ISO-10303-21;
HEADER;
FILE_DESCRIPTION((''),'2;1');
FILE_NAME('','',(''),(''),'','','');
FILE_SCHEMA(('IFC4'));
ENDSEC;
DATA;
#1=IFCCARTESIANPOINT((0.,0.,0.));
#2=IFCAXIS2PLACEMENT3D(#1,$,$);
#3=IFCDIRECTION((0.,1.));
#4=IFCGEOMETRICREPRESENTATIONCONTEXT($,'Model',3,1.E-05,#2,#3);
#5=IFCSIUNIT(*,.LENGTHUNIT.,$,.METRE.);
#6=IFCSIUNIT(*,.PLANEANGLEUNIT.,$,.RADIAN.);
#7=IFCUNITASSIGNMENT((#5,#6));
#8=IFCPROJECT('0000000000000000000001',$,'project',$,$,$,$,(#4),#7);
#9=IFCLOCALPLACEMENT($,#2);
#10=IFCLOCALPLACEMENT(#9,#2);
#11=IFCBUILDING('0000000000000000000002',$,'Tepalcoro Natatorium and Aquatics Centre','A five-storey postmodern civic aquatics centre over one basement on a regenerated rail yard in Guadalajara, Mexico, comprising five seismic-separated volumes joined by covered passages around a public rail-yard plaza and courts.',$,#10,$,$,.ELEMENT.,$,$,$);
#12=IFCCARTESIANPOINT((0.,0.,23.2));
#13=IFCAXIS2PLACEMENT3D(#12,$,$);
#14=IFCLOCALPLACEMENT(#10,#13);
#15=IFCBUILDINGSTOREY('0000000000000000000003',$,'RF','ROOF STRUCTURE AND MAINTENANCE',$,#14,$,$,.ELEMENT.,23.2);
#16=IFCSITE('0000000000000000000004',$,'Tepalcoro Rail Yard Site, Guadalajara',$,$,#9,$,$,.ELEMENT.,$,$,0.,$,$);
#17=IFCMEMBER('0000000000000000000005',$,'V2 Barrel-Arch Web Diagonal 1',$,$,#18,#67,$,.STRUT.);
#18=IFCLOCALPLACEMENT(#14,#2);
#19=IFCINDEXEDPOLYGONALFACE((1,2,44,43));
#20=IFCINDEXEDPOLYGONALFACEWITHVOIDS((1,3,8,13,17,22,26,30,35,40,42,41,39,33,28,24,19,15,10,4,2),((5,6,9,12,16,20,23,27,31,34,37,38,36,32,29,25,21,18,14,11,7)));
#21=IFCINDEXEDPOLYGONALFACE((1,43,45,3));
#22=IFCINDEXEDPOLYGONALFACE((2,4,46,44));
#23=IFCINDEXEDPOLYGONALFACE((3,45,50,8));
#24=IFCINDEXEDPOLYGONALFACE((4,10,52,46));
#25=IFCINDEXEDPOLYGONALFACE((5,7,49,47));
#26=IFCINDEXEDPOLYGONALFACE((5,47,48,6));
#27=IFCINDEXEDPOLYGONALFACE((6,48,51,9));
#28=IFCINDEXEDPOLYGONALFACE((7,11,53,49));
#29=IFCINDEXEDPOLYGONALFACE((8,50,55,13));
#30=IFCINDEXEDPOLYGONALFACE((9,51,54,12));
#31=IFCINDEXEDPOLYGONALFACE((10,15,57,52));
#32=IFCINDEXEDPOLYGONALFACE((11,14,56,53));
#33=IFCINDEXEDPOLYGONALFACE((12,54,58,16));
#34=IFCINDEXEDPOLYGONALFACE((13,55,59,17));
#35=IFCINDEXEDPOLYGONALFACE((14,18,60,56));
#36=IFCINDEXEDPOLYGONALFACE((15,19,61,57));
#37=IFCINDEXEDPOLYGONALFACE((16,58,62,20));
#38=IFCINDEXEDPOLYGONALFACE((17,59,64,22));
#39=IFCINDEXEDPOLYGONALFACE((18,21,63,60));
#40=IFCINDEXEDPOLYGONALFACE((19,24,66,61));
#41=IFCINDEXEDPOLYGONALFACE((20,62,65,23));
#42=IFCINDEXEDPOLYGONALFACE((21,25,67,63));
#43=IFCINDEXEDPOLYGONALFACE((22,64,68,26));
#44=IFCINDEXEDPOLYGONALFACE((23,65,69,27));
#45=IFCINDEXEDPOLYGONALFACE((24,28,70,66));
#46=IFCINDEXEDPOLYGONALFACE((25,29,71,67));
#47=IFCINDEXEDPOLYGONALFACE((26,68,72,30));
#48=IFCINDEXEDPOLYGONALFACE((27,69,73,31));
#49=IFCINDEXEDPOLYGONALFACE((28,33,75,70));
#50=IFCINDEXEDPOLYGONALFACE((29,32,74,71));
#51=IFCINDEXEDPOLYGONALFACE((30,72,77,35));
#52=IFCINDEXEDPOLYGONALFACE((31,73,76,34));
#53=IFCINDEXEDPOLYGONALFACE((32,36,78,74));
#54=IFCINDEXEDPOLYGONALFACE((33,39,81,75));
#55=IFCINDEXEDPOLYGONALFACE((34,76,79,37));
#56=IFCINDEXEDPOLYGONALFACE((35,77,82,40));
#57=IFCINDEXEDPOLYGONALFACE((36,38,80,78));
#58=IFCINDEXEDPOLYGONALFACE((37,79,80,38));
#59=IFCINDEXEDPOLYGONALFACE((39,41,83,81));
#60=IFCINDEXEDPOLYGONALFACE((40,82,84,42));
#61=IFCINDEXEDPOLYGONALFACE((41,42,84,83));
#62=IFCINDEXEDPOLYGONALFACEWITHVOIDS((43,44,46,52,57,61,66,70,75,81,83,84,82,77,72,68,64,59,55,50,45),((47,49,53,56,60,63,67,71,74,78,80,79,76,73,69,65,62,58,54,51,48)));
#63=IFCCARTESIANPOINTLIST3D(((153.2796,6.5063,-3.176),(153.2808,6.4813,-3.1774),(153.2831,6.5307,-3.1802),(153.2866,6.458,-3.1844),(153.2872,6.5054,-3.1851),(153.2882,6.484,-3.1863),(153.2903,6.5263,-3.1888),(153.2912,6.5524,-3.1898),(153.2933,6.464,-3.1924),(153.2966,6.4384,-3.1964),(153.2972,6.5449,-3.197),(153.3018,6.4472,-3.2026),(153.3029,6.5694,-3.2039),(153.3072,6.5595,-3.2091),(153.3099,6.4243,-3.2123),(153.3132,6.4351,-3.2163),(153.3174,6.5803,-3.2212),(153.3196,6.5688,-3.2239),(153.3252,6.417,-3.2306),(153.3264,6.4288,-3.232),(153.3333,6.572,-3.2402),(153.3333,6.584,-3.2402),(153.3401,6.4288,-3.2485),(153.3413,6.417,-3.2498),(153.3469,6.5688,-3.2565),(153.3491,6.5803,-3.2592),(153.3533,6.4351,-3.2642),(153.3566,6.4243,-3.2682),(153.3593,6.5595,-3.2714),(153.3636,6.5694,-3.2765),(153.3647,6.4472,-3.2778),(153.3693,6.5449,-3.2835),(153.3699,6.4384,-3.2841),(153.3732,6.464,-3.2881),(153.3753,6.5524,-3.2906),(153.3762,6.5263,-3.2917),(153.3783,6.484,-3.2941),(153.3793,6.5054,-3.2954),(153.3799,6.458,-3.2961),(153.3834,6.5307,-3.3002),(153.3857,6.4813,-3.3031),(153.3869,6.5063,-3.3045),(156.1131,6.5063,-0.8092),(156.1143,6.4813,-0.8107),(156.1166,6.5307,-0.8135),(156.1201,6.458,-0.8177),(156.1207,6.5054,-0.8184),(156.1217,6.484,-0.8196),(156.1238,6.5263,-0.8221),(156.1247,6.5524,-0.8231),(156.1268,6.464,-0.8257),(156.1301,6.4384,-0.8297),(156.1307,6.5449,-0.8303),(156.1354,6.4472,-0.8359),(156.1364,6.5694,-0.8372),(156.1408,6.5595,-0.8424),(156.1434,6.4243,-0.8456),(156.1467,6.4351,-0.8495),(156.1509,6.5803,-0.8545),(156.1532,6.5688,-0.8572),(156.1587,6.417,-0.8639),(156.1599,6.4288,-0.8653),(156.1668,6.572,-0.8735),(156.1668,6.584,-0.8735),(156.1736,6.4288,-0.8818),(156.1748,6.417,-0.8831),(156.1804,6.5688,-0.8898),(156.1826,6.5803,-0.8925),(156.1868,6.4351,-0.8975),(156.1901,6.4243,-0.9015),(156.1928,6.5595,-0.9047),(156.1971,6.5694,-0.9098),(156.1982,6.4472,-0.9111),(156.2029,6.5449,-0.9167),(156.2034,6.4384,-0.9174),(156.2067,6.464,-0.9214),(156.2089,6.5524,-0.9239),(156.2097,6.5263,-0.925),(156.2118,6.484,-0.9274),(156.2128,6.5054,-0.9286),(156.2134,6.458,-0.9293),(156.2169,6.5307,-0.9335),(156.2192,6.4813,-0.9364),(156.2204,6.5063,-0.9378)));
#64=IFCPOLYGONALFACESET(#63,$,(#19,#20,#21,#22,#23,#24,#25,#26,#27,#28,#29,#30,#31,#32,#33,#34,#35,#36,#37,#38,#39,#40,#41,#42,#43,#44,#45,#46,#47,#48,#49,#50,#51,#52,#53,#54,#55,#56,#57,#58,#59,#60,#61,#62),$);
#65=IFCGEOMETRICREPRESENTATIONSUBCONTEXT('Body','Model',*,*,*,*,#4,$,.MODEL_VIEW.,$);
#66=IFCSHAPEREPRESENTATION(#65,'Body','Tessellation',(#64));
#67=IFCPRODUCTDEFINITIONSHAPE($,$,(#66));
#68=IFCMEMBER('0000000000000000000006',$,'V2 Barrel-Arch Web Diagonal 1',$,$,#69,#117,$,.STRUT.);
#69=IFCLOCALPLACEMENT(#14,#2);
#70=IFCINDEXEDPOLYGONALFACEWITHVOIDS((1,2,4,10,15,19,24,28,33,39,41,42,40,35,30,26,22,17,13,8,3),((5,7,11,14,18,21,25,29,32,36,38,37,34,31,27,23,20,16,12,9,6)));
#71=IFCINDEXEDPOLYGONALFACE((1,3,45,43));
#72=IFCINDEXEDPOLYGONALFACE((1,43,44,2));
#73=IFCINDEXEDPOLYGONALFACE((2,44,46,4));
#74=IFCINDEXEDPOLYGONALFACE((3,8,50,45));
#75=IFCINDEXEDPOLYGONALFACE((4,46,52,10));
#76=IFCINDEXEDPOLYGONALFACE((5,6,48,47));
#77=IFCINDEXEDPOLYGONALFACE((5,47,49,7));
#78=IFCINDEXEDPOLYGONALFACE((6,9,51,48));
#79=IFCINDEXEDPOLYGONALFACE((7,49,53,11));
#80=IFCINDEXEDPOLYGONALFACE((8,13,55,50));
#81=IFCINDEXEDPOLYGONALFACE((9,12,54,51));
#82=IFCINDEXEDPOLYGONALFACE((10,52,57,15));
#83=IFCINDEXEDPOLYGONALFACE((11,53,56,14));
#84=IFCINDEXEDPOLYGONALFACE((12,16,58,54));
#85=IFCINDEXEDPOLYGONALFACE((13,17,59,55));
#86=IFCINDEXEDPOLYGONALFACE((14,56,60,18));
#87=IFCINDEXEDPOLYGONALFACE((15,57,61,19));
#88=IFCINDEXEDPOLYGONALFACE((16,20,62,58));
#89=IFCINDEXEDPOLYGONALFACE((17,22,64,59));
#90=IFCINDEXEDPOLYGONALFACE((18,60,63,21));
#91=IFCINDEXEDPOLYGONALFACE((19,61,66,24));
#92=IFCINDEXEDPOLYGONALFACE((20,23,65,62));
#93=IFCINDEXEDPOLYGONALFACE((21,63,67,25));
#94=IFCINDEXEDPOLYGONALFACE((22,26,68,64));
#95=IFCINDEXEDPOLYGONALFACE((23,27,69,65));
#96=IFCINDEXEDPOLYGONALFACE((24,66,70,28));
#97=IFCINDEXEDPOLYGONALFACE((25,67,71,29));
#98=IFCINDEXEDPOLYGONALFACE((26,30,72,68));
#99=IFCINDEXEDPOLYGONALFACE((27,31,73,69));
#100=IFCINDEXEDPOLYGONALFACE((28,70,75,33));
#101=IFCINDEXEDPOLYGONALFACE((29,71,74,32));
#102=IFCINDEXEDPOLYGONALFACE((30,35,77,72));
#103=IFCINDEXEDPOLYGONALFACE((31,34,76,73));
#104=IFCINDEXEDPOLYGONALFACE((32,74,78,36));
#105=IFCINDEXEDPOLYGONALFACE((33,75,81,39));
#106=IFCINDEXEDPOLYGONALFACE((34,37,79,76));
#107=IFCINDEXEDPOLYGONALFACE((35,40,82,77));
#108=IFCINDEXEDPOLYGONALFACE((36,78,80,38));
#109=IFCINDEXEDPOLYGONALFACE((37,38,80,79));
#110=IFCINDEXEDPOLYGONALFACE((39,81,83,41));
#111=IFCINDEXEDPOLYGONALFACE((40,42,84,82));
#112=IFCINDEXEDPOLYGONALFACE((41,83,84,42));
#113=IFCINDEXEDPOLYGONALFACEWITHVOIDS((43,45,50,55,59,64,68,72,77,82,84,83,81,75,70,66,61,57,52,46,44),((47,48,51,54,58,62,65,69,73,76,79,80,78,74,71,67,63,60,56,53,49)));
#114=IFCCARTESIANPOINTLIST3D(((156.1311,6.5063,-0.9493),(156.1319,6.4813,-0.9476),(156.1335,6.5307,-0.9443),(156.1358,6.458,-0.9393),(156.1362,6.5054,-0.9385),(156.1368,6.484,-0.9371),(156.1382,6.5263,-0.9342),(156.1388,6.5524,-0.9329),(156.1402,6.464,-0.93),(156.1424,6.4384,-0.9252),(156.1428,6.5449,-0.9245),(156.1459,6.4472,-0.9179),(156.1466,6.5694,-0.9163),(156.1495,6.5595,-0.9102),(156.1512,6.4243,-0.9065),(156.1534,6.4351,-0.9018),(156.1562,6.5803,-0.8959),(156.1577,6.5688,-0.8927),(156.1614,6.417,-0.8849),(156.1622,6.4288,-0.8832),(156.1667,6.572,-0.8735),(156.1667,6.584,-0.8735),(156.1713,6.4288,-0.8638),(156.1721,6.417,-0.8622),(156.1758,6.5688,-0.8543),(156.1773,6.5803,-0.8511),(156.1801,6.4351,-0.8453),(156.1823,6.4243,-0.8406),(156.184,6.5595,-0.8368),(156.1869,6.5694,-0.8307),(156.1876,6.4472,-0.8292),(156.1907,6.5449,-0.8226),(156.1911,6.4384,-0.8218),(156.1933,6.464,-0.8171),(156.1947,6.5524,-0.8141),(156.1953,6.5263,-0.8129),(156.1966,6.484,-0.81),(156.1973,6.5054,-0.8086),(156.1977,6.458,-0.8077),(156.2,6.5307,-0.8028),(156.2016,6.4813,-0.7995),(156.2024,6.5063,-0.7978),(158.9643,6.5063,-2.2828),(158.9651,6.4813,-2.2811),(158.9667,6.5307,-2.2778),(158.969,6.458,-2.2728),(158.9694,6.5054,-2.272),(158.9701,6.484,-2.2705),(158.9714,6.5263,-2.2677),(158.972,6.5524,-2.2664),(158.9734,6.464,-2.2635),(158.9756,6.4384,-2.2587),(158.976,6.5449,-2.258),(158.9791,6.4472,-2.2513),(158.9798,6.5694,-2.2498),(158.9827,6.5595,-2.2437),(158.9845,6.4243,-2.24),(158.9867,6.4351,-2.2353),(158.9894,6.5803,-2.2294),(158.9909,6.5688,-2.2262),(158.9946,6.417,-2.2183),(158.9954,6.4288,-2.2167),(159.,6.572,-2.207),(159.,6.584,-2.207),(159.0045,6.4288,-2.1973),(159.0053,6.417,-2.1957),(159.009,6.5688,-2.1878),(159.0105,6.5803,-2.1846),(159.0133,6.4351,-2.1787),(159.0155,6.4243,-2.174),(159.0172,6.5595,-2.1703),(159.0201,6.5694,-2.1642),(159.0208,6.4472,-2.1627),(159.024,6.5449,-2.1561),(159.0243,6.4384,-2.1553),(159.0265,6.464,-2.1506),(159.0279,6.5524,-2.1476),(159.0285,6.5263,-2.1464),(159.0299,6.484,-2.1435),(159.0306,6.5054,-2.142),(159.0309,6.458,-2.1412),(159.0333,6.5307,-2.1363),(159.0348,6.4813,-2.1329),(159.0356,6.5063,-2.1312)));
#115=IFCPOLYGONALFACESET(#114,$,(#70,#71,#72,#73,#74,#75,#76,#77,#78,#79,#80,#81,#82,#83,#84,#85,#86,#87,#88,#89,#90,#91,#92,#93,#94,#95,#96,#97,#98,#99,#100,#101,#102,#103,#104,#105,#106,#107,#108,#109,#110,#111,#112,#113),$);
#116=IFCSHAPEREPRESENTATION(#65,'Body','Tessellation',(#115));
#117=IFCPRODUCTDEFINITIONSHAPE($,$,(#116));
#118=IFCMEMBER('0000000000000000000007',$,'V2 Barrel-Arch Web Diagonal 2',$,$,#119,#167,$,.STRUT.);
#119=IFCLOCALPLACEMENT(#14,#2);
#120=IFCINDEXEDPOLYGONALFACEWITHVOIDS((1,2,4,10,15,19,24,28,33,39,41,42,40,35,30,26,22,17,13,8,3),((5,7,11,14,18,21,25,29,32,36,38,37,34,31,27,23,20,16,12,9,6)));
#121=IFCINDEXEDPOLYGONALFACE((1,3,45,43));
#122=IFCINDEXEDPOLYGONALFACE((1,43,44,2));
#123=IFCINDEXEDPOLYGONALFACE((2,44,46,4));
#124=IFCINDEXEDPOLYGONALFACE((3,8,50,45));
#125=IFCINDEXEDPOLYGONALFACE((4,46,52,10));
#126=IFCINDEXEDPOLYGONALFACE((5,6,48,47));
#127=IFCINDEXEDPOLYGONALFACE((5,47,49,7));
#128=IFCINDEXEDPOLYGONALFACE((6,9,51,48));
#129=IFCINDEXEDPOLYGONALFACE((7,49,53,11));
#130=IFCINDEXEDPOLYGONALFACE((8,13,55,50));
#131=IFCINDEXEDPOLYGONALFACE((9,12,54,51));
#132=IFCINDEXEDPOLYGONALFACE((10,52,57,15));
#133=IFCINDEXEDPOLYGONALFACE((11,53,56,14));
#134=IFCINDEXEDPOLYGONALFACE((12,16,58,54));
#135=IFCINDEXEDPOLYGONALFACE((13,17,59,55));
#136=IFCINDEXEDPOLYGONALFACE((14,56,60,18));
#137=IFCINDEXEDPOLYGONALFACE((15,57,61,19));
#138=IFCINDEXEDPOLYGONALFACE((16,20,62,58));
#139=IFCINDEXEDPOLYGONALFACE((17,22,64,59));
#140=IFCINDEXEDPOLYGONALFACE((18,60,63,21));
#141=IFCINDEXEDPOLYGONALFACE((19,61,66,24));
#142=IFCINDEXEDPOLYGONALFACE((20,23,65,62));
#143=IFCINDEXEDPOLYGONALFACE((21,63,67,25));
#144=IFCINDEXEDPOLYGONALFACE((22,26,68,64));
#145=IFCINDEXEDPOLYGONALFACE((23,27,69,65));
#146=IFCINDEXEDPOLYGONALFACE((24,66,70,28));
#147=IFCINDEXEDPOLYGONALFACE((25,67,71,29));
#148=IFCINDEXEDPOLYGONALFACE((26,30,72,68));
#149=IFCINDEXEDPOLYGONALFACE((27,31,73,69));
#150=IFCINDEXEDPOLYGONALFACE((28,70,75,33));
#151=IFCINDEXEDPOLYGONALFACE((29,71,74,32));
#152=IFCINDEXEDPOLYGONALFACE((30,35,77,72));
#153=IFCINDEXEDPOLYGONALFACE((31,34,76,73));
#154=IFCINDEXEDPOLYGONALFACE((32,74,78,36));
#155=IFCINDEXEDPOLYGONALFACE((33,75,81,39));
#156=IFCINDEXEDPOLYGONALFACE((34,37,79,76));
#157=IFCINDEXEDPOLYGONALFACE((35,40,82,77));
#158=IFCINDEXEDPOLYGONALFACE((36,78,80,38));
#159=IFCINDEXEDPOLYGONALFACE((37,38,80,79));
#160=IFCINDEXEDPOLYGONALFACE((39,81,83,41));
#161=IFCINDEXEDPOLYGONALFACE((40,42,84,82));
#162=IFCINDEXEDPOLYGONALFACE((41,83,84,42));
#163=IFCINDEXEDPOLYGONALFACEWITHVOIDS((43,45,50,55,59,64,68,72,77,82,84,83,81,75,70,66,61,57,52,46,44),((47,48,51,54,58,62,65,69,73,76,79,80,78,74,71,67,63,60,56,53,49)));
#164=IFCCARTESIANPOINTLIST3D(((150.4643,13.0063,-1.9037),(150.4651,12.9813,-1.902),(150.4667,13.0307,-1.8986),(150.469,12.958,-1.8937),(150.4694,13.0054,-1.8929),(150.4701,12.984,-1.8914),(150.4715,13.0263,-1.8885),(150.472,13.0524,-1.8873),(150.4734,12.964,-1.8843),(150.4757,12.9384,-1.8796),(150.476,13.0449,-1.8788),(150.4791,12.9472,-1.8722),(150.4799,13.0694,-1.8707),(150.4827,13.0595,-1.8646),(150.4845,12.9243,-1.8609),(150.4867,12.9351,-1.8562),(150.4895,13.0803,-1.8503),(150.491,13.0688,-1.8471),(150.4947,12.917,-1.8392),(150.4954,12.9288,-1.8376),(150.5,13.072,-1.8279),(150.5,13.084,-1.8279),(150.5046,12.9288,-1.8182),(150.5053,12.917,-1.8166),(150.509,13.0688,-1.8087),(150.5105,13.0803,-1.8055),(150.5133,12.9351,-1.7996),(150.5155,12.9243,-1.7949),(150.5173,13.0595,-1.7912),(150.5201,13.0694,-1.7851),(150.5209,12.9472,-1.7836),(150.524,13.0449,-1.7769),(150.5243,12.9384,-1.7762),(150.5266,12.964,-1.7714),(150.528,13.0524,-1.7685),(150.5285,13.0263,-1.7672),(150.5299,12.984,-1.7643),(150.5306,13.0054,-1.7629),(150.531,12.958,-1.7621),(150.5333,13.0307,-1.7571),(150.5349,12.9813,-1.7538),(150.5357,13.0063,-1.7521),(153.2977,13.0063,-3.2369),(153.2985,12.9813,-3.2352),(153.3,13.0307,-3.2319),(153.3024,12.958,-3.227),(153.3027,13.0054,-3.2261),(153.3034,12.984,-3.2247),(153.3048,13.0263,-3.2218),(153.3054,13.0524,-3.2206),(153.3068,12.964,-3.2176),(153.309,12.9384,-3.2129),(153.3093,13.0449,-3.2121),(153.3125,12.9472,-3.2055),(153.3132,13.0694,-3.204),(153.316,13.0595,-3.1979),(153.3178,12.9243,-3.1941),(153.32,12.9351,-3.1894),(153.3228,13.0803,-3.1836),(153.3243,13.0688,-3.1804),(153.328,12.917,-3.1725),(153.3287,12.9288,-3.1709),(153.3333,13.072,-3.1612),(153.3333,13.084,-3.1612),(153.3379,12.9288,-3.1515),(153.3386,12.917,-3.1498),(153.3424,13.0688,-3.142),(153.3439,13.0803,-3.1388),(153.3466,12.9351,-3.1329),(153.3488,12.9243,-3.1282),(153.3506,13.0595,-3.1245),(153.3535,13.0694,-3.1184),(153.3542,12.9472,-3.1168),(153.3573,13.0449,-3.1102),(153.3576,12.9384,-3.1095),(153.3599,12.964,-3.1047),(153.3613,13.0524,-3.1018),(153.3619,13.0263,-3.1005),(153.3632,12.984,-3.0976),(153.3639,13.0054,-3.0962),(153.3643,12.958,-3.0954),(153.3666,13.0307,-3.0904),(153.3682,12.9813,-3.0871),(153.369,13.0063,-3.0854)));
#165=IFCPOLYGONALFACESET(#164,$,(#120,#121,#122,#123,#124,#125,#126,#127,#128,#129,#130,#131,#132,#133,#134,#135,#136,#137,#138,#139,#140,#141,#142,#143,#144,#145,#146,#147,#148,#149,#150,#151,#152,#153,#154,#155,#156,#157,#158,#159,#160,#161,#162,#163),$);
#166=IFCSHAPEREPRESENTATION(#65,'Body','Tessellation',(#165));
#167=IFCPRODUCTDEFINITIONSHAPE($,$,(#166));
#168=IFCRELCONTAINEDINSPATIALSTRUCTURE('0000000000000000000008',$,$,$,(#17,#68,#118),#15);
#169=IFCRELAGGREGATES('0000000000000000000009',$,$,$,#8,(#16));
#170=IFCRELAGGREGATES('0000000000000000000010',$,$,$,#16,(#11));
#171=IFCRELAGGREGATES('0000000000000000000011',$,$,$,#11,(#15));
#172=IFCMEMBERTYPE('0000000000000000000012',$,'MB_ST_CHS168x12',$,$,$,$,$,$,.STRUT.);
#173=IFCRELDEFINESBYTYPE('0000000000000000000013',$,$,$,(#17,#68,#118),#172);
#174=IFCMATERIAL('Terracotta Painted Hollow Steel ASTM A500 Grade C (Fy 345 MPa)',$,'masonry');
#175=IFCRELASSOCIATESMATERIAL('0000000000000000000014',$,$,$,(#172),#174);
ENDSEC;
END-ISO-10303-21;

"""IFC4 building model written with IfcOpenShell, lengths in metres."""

from ifc_helpers import new_model, si_unit, direction, frame, origin, origin_2d, place, context, subcontext, project, spatial, hollow_circle, extrude, material, material_profile, profile_set, type_object, element, save


model = new_model("IFC4")

# Units and contexts
model_context = context("Model", 3, precision=1e-05, world=origin(), true_north=direction((0.0, 1.0)))
body_context = subcontext(model_context, "Body", "Model", "MODEL_VIEW")
ifc_project = project(units=[si_unit("LENGTHUNIT", "METRE"), si_unit("PLANEANGLEUNIT", "RADIAN")], contexts=[model_context])

# Site, building, storey
site_placement = place(None, origin())
site = spatial("IfcSite", under=ifc_project, at=site_placement, Name="Tepalcoro Rail Yard Site, Guadalajara", CompositionType="ELEMENT", RefElevation=0.0)
building_placement = place(site_placement, origin())
building = spatial("IfcBuilding", under=site, at=building_placement, Name="Tepalcoro Natatorium and Aquatics Centre", Description="A five-storey postmodern civic aquatics centre over one basement on a regenerated rail yard in Guadalajara, Mexico, comprising five seismic-separated volumes joined by covered passages around a public rail-yard plaza and courts.", CompositionType="ELEMENT")
storey_placement = place(building_placement, frame((0.0, 0.0, 23.2)))
storey = spatial("IfcBuildingStorey", under=building, at=storey_placement, Name="RF", Description="ROOF STRUCTURE AND MAINTENANCE", CompositionType="ELEMENT", Elevation=23.2)

# Shared definitions
ifc_material_1 = material(Name="Terracotta Painted Hollow Steel ASTM A500 Grade C (Fy 345 MPa)", Category="masonry")

# Members
ifc_material_profile_1 = material_profile(ifc_material_1, hollow_circle(Radius=0.084, WallThickness=0.012, at=origin_2d()), Name="CHS168X12")
ifc_profile_set_1 = profile_set([ifc_material_profile_1], Name="Terracotta Painted Hollow Steel ASTM A500 Grade C (Fy 345 MPa)")
member_type_1 = type_object("IfcMemberType", Name="MB_ST_CHS168x12", PredefinedType="STRUT", material=ifc_profile_set_1)
member_1_placement = place(storey_placement, frame((153.3333, 6.5, -3.2402), z_axis=(0.767494, 0.0, 0.641056), x_axis=(0.0, 1.0, 0.0)))
element("IfcMember", 1, at=member_1_placement, inside=storey, type_object=member_type_1, Name="V2 Barrel-Arch Web Diagonal 1", PredefinedType="STRUT", context=body_context, shape_type="SweptSolid", body=[
    extrude(hollow_circle(Radius=0.084, WallThickness=0.012, at=origin_2d()), origin(), (0.0, 0.0, 1.0), 3.6919),
])
for number, where, z_axis, x_axis, name in (
    (2, (156.1667, 6.5, -0.8735), (0.904794, 0.0, -0.42585), (0.0, 1.0, 0.0), "V2 Barrel-Arch Web Diagonal 1"),
    (3, (150.5, 13.0, -1.8279), (0.904824, 0.0, -0.425786), (0.0, 1.0, 0.0), "V2 Barrel-Arch Web Diagonal 2"),
):
    element("IfcMember", number, at=place(storey_placement, frame(where, z_axis=z_axis, x_axis=x_axis)), inside=storey, type_object=member_type_1, Name=name, PredefinedType="STRUT", context=body_context, shape_type="SweptSolid", body=[
        extrude(hollow_circle(Radius=0.084, WallThickness=0.012, at=origin_2d()), origin(), (0.0, 0.0, 1.0), 3.1313),
    ])

save(model, "model.ifc")
